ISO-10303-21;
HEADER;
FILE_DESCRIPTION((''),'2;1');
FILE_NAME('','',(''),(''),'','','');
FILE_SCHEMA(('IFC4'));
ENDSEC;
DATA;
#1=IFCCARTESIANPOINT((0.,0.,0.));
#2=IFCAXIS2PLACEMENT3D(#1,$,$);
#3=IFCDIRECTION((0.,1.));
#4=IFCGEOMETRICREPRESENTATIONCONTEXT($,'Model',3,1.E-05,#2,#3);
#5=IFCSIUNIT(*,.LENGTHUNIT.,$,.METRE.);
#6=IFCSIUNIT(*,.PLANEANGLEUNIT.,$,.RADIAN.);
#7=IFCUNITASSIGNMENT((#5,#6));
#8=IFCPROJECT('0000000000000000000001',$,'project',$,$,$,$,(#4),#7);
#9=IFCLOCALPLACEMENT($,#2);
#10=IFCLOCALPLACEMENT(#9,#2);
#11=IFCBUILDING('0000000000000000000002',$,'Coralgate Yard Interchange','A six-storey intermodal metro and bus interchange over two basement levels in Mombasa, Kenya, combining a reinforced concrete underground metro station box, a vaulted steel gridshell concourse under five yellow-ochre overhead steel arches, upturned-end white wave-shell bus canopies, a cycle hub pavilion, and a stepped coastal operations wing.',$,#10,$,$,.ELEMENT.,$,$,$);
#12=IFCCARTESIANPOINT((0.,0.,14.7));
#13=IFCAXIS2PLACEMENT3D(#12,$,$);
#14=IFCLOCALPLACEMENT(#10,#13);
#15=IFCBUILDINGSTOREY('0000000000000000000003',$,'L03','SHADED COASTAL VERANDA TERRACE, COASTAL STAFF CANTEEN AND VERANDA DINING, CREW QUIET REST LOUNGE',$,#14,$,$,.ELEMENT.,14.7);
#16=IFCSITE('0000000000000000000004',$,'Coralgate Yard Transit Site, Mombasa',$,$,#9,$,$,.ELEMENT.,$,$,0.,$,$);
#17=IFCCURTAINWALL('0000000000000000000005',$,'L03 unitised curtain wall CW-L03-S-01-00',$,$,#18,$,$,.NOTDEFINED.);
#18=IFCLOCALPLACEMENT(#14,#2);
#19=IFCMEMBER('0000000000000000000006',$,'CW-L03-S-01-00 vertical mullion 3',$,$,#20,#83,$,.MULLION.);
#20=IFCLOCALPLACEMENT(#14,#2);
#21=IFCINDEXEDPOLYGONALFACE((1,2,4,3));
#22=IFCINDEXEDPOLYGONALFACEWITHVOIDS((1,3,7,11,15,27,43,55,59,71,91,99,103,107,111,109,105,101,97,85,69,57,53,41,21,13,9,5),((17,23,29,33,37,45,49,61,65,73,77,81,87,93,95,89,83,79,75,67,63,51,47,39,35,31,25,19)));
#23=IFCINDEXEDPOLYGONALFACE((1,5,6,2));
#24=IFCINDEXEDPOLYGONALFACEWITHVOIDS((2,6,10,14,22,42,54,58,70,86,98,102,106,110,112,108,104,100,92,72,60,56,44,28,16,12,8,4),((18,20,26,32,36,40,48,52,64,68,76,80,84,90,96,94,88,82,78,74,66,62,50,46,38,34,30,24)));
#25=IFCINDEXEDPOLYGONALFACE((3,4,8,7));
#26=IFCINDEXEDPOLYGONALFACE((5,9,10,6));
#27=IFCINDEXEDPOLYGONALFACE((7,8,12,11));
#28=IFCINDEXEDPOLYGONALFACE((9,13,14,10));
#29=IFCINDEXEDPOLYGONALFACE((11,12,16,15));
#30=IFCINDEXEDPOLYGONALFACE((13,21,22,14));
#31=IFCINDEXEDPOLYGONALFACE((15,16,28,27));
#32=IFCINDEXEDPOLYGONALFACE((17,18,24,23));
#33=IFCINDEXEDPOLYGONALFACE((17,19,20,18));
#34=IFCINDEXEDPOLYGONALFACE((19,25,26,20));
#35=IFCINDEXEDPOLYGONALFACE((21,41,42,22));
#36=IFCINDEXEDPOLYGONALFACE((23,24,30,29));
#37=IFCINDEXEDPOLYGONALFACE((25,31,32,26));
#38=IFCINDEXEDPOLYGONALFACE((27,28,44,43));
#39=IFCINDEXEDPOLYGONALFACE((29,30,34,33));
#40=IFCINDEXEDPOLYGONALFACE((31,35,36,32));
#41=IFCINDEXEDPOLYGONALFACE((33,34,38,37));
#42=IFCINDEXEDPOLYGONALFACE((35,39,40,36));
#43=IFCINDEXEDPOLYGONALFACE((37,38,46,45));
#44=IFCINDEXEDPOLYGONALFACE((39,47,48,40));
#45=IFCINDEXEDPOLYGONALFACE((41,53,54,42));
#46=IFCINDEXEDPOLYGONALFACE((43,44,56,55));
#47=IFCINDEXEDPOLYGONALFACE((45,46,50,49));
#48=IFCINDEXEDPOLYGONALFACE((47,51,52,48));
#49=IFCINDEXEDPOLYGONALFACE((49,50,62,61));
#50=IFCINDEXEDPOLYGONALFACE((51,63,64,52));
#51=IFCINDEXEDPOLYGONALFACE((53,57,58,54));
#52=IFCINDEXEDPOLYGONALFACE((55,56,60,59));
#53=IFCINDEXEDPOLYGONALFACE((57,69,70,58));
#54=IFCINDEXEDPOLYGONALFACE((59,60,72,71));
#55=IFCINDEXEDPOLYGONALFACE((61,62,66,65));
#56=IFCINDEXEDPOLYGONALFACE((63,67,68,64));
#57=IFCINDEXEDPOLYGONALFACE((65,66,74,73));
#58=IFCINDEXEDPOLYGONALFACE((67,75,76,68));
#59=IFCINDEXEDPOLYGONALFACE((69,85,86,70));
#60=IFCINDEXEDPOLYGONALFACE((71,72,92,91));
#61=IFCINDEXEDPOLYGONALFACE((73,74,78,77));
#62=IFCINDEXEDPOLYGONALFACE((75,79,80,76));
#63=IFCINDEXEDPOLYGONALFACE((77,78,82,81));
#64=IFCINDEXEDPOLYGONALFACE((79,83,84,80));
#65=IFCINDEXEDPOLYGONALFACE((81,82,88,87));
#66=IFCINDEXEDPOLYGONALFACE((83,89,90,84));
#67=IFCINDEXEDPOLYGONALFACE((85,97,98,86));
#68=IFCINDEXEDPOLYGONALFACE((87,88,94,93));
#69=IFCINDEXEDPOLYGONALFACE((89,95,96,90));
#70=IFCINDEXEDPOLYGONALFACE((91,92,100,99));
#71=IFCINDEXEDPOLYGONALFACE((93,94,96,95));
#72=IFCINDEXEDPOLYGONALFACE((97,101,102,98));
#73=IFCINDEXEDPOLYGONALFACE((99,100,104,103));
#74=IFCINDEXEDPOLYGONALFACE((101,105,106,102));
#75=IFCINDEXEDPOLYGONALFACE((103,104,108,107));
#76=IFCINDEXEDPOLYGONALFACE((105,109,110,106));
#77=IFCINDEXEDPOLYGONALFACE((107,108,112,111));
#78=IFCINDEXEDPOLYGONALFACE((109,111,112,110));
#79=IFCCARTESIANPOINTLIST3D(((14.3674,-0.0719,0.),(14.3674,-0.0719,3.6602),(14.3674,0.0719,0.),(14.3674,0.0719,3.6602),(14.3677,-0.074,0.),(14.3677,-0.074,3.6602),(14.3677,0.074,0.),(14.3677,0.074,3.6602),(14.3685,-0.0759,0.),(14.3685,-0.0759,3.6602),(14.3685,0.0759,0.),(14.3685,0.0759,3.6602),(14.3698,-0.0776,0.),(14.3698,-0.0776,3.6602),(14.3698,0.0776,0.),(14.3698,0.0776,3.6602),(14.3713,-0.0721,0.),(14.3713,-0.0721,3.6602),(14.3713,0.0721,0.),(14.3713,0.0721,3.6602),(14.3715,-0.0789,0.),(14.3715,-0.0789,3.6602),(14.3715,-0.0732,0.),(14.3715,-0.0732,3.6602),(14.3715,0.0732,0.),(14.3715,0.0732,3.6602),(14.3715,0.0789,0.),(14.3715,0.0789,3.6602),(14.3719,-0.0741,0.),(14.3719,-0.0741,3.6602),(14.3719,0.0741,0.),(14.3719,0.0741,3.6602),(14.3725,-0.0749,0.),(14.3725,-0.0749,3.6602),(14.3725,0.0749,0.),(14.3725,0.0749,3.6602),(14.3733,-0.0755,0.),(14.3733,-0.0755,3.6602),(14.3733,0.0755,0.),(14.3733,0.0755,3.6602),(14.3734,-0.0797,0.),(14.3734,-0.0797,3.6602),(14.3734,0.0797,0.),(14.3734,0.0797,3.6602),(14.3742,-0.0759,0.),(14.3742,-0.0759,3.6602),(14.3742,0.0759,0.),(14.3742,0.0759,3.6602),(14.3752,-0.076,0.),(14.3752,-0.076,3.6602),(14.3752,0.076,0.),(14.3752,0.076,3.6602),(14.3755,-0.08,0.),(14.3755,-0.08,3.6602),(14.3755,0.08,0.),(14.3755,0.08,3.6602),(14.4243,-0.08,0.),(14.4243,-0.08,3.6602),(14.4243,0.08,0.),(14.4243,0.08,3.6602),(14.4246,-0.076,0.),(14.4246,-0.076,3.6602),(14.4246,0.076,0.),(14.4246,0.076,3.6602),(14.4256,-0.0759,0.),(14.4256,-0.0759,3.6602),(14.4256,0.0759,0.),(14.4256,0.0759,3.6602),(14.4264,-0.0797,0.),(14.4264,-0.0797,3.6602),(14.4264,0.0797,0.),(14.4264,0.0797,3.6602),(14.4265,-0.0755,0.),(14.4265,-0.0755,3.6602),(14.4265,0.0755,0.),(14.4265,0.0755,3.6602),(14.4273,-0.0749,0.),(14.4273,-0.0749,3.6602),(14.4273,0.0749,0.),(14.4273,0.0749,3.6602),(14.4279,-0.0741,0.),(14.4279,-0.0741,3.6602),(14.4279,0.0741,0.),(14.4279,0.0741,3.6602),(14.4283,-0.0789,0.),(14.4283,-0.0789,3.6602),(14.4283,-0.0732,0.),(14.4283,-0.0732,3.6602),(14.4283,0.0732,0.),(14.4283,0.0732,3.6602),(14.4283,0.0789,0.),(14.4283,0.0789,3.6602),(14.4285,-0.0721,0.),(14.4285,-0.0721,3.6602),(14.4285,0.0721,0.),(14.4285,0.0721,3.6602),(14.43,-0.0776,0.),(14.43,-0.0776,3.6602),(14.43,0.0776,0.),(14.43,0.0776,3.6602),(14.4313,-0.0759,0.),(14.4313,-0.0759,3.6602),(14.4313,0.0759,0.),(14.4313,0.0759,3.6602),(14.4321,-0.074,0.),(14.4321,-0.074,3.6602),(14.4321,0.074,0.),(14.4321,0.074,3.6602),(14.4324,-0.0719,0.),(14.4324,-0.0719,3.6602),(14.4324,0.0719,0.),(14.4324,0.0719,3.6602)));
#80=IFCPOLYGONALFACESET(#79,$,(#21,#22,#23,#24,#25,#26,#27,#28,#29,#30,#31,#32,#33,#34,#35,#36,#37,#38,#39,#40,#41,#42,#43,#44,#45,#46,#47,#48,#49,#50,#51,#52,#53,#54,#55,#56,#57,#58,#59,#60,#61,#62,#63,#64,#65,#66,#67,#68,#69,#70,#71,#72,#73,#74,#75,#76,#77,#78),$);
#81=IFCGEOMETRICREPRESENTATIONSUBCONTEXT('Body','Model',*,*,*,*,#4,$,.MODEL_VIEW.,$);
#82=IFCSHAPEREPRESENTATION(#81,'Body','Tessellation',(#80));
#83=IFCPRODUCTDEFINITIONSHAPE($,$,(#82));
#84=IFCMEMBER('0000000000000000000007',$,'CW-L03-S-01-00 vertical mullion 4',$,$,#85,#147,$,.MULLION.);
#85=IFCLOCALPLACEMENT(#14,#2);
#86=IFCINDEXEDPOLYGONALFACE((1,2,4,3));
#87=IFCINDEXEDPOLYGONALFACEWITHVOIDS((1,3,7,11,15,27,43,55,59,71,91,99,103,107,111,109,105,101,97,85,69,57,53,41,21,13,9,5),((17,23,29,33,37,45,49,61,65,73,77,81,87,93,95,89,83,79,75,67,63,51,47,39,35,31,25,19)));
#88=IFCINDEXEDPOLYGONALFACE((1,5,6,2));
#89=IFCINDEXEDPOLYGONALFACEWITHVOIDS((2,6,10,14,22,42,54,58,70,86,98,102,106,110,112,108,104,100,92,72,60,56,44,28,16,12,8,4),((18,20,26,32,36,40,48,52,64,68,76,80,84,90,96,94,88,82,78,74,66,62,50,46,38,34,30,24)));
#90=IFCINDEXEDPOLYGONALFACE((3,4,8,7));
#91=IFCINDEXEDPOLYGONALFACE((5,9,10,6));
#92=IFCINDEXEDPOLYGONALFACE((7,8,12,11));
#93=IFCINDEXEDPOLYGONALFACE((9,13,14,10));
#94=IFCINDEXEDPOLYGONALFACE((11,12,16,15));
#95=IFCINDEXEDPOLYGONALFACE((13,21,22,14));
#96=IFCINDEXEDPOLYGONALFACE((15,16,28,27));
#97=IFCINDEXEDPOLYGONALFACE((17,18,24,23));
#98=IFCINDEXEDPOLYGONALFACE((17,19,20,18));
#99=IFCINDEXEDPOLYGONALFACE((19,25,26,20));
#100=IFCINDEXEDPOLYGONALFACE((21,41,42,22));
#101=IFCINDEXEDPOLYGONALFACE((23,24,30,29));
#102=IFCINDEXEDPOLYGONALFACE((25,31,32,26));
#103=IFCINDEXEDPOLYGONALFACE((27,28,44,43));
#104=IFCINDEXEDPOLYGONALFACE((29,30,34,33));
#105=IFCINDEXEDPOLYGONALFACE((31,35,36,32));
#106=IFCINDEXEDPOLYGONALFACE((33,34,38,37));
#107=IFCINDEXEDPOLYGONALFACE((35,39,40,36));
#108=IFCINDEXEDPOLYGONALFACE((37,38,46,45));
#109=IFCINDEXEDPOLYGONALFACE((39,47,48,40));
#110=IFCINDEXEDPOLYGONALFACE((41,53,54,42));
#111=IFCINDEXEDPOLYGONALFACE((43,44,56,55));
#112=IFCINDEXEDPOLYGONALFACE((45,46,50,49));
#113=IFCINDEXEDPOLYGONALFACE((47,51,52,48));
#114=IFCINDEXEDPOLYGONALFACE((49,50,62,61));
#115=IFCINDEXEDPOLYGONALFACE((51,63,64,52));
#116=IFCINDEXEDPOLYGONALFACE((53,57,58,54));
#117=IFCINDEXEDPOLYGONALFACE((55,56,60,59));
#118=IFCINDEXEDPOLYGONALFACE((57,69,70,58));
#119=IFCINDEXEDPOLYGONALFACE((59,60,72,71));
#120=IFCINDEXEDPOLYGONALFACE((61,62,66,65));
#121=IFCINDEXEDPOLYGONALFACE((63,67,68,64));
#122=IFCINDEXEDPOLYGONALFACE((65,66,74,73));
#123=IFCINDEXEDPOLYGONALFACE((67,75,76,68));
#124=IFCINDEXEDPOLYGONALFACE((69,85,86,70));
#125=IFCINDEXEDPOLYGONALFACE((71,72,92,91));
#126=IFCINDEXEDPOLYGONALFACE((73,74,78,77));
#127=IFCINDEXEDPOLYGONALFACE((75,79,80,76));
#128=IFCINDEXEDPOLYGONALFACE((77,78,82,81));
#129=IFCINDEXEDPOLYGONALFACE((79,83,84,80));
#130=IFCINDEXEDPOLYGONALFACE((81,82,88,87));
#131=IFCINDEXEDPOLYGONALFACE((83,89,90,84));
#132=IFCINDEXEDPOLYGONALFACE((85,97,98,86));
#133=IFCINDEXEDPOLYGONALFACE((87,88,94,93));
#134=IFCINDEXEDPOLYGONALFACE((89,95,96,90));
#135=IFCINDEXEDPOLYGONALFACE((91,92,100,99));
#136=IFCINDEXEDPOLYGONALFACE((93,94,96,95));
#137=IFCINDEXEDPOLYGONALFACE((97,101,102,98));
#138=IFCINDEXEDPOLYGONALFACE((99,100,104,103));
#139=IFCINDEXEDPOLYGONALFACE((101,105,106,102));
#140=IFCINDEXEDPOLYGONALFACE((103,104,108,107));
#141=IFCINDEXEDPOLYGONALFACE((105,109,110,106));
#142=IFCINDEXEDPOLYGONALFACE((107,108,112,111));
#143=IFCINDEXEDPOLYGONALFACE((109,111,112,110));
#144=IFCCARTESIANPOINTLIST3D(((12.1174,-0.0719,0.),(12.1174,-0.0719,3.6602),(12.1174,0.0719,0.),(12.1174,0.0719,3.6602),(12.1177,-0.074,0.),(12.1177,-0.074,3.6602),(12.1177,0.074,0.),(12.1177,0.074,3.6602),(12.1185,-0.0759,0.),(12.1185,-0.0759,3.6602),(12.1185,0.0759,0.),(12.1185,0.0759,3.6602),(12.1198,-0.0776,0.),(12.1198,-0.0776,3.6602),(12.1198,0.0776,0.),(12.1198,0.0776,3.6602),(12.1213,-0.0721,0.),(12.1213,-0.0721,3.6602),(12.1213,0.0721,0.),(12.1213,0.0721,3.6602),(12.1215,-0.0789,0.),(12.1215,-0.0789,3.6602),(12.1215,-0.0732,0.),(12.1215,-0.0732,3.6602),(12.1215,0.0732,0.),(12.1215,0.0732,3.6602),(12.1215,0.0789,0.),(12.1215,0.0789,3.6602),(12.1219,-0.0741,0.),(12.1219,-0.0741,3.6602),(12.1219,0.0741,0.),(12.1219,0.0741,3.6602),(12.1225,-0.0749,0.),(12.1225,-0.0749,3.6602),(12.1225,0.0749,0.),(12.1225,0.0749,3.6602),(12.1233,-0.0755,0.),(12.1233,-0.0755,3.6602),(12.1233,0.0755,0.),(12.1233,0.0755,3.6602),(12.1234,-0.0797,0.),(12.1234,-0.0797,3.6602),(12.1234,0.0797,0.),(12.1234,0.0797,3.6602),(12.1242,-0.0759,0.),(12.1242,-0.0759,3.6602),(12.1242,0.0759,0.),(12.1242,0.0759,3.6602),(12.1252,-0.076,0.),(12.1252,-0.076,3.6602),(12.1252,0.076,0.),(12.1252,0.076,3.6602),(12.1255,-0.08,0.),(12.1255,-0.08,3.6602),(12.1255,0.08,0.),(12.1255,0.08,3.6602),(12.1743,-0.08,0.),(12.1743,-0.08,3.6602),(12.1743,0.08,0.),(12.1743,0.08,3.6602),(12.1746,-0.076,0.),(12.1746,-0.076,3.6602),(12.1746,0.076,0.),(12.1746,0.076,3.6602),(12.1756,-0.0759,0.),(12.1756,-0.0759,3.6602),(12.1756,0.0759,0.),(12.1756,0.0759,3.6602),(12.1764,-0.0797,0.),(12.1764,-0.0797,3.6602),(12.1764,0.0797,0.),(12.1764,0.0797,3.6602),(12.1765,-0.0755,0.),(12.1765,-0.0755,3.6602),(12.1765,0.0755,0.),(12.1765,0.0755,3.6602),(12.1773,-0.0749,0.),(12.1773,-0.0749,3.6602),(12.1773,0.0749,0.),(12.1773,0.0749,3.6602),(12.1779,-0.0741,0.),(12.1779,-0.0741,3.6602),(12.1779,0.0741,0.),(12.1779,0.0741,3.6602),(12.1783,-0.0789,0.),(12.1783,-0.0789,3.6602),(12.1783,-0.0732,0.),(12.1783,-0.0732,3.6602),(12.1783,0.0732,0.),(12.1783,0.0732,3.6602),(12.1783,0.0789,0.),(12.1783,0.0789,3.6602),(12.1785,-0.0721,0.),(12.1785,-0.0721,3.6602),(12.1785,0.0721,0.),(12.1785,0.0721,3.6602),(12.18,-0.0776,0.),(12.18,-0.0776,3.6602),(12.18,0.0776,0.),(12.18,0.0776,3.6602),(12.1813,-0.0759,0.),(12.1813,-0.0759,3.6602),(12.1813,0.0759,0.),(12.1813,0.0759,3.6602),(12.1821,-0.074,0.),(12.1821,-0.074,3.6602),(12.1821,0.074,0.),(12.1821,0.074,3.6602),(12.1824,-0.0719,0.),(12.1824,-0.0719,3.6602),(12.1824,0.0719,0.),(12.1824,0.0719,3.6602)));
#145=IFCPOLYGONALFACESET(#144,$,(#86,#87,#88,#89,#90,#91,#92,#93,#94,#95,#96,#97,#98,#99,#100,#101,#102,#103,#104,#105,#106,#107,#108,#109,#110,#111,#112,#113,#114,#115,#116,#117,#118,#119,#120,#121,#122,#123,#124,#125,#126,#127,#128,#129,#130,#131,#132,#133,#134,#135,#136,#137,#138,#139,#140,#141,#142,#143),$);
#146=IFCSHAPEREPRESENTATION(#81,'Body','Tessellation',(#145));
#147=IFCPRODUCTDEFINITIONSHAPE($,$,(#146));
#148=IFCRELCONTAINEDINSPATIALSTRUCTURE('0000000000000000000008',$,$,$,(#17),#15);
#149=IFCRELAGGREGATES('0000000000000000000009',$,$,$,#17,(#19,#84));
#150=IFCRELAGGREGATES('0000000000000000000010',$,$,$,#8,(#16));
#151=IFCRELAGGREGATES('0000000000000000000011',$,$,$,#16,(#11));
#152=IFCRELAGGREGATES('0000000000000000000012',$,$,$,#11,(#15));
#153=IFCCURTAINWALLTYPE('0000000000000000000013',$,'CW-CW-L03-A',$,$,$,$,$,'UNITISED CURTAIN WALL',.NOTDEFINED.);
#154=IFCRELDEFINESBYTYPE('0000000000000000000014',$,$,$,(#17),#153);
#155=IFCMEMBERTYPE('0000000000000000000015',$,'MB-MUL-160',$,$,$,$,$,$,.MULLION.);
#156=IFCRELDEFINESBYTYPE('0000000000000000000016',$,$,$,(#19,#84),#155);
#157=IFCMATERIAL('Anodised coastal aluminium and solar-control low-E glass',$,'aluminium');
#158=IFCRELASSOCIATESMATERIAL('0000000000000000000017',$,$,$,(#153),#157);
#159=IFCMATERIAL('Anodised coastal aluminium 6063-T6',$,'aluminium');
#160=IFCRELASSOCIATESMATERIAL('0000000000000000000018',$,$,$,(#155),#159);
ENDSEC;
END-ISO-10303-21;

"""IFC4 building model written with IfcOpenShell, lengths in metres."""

from ifc_helpers import new_model, si_unit, direction, frame, origin, origin_2d, place, context, subcontext, project, spatial, hollow_rectangle, extrude, material, material_profile, profile_set, type_object, element, aggregate, save


model = new_model("IFC4")

# Units and contexts
model_context = context("Model", 3, precision=1e-05, world=origin(), true_north=direction((0.0, 1.0)))
body_context = subcontext(model_context, "Body", "Model", "MODEL_VIEW")
ifc_project = project(units=[si_unit("LENGTHUNIT", "METRE"), si_unit("PLANEANGLEUNIT", "RADIAN")], contexts=[model_context])

# Site, building, storey
site_placement = place(None, origin())
site = spatial("IfcSite", under=ifc_project, at=site_placement, Name="Coralgate Yard Transit Site, Mombasa", CompositionType="ELEMENT", RefElevation=0.0)
building_placement = place(site_placement, origin())
building = spatial("IfcBuilding", under=site, at=building_placement, Name="Coralgate Yard Interchange", Description="A six-storey intermodal metro and bus interchange over two basement levels in Mombasa, Kenya, combining a reinforced concrete underground metro station box, a vaulted steel gridshell concourse under five yellow-ochre overhead steel arches, upturned-end white wave-shell bus canopies, a cycle hub pavilion, and a stepped coastal operations wing.", CompositionType="ELEMENT")
storey_placement = place(building_placement, frame((0.0, 0.0, 14.7)))
storey = spatial("IfcBuildingStorey", under=building, at=storey_placement, Name="L03", Description="SHADED COASTAL VERANDA TERRACE, COASTAL STAFF CANTEEN AND VERANDA DINING, CREW QUIET REST LOUNGE", CompositionType="ELEMENT", Elevation=14.7)

# Curtain wall, members
ifc_material_1 = material(Name="Anodised coastal aluminium and solar-control low-E glass", Category="aluminium")
curtain_wall_type = type_object("IfcCurtainWallType", Name="CW-CW-L03-A", ElementType="UNITISED CURTAIN WALL", PredefinedType="NOTDEFINED", material=ifc_material_1)
curtain_wall_placement = place(storey_placement, origin())
curtain_wall = element("IfcCurtainWall", 1, at=curtain_wall_placement, inside=storey, type_object=curtain_wall_type, Name="L03 unitised curtain wall CW-L03-S-01-00", PredefinedType="NOTDEFINED")
ifc_material_2 = material(Name="Anodised coastal aluminium 6063-T6", Category="aluminium")
ifc_material_profile_1 = material_profile(ifc_material_2, hollow_rectangle(XDim=0.0649, YDim=0.1599, WallThickness=0.0039, InnerFilletRadius=0.0039, OuterFilletRadius=0.0081, at=origin_2d()), Name="ALU 65x160x4")
ifc_profile_set_1 = profile_set([ifc_material_profile_1], Name="Anodised coastal aluminium 6063-T6")
member_type_1 = type_object("IfcMemberType", Name="MB-MUL-160", PredefinedType="MULLION", material=ifc_profile_set_1)
member_1_placement = place(storey_placement, frame((14.3999, 0.0, 0.0), z_axis=(0.0, 0.0, 1.0), x_axis=(1.0, 0.0, 0.0)))
member_1 = element("IfcMember", 2, at=member_1_placement, type_object=member_type_1, Name="CW-L03-S-01-00 vertical mullion 3", PredefinedType="MULLION", context=body_context, shape_type="SweptSolid", body=[
    extrude(hollow_rectangle(XDim=0.0649, YDim=0.1599, WallThickness=0.0039, InnerFilletRadius=0.0039, OuterFilletRadius=0.0081, at=origin_2d()), origin(), (0.0, 0.0, 1.0), 3.6602),
])
member_2_placement = place(storey_placement, frame((12.1499, 0.0, 0.0), z_axis=(0.0, 0.0, 1.0), x_axis=(1.0, 0.0, 0.0)))
member_2 = element("IfcMember", 3, at=member_2_placement, type_object=member_type_1, Name="CW-L03-S-01-00 vertical mullion 4", PredefinedType="MULLION", context=body_context, shape_type="SweptSolid", body=[
    extrude(hollow_rectangle(XDim=0.0649, YDim=0.1599, WallThickness=0.0039, InnerFilletRadius=0.0039, OuterFilletRadius=0.0081, at=origin_2d()), origin(), (0.0, 0.0, 1.0), 3.6602),
])
aggregate(curtain_wall, [member_1, member_2])

save(model, "model.ifc")
